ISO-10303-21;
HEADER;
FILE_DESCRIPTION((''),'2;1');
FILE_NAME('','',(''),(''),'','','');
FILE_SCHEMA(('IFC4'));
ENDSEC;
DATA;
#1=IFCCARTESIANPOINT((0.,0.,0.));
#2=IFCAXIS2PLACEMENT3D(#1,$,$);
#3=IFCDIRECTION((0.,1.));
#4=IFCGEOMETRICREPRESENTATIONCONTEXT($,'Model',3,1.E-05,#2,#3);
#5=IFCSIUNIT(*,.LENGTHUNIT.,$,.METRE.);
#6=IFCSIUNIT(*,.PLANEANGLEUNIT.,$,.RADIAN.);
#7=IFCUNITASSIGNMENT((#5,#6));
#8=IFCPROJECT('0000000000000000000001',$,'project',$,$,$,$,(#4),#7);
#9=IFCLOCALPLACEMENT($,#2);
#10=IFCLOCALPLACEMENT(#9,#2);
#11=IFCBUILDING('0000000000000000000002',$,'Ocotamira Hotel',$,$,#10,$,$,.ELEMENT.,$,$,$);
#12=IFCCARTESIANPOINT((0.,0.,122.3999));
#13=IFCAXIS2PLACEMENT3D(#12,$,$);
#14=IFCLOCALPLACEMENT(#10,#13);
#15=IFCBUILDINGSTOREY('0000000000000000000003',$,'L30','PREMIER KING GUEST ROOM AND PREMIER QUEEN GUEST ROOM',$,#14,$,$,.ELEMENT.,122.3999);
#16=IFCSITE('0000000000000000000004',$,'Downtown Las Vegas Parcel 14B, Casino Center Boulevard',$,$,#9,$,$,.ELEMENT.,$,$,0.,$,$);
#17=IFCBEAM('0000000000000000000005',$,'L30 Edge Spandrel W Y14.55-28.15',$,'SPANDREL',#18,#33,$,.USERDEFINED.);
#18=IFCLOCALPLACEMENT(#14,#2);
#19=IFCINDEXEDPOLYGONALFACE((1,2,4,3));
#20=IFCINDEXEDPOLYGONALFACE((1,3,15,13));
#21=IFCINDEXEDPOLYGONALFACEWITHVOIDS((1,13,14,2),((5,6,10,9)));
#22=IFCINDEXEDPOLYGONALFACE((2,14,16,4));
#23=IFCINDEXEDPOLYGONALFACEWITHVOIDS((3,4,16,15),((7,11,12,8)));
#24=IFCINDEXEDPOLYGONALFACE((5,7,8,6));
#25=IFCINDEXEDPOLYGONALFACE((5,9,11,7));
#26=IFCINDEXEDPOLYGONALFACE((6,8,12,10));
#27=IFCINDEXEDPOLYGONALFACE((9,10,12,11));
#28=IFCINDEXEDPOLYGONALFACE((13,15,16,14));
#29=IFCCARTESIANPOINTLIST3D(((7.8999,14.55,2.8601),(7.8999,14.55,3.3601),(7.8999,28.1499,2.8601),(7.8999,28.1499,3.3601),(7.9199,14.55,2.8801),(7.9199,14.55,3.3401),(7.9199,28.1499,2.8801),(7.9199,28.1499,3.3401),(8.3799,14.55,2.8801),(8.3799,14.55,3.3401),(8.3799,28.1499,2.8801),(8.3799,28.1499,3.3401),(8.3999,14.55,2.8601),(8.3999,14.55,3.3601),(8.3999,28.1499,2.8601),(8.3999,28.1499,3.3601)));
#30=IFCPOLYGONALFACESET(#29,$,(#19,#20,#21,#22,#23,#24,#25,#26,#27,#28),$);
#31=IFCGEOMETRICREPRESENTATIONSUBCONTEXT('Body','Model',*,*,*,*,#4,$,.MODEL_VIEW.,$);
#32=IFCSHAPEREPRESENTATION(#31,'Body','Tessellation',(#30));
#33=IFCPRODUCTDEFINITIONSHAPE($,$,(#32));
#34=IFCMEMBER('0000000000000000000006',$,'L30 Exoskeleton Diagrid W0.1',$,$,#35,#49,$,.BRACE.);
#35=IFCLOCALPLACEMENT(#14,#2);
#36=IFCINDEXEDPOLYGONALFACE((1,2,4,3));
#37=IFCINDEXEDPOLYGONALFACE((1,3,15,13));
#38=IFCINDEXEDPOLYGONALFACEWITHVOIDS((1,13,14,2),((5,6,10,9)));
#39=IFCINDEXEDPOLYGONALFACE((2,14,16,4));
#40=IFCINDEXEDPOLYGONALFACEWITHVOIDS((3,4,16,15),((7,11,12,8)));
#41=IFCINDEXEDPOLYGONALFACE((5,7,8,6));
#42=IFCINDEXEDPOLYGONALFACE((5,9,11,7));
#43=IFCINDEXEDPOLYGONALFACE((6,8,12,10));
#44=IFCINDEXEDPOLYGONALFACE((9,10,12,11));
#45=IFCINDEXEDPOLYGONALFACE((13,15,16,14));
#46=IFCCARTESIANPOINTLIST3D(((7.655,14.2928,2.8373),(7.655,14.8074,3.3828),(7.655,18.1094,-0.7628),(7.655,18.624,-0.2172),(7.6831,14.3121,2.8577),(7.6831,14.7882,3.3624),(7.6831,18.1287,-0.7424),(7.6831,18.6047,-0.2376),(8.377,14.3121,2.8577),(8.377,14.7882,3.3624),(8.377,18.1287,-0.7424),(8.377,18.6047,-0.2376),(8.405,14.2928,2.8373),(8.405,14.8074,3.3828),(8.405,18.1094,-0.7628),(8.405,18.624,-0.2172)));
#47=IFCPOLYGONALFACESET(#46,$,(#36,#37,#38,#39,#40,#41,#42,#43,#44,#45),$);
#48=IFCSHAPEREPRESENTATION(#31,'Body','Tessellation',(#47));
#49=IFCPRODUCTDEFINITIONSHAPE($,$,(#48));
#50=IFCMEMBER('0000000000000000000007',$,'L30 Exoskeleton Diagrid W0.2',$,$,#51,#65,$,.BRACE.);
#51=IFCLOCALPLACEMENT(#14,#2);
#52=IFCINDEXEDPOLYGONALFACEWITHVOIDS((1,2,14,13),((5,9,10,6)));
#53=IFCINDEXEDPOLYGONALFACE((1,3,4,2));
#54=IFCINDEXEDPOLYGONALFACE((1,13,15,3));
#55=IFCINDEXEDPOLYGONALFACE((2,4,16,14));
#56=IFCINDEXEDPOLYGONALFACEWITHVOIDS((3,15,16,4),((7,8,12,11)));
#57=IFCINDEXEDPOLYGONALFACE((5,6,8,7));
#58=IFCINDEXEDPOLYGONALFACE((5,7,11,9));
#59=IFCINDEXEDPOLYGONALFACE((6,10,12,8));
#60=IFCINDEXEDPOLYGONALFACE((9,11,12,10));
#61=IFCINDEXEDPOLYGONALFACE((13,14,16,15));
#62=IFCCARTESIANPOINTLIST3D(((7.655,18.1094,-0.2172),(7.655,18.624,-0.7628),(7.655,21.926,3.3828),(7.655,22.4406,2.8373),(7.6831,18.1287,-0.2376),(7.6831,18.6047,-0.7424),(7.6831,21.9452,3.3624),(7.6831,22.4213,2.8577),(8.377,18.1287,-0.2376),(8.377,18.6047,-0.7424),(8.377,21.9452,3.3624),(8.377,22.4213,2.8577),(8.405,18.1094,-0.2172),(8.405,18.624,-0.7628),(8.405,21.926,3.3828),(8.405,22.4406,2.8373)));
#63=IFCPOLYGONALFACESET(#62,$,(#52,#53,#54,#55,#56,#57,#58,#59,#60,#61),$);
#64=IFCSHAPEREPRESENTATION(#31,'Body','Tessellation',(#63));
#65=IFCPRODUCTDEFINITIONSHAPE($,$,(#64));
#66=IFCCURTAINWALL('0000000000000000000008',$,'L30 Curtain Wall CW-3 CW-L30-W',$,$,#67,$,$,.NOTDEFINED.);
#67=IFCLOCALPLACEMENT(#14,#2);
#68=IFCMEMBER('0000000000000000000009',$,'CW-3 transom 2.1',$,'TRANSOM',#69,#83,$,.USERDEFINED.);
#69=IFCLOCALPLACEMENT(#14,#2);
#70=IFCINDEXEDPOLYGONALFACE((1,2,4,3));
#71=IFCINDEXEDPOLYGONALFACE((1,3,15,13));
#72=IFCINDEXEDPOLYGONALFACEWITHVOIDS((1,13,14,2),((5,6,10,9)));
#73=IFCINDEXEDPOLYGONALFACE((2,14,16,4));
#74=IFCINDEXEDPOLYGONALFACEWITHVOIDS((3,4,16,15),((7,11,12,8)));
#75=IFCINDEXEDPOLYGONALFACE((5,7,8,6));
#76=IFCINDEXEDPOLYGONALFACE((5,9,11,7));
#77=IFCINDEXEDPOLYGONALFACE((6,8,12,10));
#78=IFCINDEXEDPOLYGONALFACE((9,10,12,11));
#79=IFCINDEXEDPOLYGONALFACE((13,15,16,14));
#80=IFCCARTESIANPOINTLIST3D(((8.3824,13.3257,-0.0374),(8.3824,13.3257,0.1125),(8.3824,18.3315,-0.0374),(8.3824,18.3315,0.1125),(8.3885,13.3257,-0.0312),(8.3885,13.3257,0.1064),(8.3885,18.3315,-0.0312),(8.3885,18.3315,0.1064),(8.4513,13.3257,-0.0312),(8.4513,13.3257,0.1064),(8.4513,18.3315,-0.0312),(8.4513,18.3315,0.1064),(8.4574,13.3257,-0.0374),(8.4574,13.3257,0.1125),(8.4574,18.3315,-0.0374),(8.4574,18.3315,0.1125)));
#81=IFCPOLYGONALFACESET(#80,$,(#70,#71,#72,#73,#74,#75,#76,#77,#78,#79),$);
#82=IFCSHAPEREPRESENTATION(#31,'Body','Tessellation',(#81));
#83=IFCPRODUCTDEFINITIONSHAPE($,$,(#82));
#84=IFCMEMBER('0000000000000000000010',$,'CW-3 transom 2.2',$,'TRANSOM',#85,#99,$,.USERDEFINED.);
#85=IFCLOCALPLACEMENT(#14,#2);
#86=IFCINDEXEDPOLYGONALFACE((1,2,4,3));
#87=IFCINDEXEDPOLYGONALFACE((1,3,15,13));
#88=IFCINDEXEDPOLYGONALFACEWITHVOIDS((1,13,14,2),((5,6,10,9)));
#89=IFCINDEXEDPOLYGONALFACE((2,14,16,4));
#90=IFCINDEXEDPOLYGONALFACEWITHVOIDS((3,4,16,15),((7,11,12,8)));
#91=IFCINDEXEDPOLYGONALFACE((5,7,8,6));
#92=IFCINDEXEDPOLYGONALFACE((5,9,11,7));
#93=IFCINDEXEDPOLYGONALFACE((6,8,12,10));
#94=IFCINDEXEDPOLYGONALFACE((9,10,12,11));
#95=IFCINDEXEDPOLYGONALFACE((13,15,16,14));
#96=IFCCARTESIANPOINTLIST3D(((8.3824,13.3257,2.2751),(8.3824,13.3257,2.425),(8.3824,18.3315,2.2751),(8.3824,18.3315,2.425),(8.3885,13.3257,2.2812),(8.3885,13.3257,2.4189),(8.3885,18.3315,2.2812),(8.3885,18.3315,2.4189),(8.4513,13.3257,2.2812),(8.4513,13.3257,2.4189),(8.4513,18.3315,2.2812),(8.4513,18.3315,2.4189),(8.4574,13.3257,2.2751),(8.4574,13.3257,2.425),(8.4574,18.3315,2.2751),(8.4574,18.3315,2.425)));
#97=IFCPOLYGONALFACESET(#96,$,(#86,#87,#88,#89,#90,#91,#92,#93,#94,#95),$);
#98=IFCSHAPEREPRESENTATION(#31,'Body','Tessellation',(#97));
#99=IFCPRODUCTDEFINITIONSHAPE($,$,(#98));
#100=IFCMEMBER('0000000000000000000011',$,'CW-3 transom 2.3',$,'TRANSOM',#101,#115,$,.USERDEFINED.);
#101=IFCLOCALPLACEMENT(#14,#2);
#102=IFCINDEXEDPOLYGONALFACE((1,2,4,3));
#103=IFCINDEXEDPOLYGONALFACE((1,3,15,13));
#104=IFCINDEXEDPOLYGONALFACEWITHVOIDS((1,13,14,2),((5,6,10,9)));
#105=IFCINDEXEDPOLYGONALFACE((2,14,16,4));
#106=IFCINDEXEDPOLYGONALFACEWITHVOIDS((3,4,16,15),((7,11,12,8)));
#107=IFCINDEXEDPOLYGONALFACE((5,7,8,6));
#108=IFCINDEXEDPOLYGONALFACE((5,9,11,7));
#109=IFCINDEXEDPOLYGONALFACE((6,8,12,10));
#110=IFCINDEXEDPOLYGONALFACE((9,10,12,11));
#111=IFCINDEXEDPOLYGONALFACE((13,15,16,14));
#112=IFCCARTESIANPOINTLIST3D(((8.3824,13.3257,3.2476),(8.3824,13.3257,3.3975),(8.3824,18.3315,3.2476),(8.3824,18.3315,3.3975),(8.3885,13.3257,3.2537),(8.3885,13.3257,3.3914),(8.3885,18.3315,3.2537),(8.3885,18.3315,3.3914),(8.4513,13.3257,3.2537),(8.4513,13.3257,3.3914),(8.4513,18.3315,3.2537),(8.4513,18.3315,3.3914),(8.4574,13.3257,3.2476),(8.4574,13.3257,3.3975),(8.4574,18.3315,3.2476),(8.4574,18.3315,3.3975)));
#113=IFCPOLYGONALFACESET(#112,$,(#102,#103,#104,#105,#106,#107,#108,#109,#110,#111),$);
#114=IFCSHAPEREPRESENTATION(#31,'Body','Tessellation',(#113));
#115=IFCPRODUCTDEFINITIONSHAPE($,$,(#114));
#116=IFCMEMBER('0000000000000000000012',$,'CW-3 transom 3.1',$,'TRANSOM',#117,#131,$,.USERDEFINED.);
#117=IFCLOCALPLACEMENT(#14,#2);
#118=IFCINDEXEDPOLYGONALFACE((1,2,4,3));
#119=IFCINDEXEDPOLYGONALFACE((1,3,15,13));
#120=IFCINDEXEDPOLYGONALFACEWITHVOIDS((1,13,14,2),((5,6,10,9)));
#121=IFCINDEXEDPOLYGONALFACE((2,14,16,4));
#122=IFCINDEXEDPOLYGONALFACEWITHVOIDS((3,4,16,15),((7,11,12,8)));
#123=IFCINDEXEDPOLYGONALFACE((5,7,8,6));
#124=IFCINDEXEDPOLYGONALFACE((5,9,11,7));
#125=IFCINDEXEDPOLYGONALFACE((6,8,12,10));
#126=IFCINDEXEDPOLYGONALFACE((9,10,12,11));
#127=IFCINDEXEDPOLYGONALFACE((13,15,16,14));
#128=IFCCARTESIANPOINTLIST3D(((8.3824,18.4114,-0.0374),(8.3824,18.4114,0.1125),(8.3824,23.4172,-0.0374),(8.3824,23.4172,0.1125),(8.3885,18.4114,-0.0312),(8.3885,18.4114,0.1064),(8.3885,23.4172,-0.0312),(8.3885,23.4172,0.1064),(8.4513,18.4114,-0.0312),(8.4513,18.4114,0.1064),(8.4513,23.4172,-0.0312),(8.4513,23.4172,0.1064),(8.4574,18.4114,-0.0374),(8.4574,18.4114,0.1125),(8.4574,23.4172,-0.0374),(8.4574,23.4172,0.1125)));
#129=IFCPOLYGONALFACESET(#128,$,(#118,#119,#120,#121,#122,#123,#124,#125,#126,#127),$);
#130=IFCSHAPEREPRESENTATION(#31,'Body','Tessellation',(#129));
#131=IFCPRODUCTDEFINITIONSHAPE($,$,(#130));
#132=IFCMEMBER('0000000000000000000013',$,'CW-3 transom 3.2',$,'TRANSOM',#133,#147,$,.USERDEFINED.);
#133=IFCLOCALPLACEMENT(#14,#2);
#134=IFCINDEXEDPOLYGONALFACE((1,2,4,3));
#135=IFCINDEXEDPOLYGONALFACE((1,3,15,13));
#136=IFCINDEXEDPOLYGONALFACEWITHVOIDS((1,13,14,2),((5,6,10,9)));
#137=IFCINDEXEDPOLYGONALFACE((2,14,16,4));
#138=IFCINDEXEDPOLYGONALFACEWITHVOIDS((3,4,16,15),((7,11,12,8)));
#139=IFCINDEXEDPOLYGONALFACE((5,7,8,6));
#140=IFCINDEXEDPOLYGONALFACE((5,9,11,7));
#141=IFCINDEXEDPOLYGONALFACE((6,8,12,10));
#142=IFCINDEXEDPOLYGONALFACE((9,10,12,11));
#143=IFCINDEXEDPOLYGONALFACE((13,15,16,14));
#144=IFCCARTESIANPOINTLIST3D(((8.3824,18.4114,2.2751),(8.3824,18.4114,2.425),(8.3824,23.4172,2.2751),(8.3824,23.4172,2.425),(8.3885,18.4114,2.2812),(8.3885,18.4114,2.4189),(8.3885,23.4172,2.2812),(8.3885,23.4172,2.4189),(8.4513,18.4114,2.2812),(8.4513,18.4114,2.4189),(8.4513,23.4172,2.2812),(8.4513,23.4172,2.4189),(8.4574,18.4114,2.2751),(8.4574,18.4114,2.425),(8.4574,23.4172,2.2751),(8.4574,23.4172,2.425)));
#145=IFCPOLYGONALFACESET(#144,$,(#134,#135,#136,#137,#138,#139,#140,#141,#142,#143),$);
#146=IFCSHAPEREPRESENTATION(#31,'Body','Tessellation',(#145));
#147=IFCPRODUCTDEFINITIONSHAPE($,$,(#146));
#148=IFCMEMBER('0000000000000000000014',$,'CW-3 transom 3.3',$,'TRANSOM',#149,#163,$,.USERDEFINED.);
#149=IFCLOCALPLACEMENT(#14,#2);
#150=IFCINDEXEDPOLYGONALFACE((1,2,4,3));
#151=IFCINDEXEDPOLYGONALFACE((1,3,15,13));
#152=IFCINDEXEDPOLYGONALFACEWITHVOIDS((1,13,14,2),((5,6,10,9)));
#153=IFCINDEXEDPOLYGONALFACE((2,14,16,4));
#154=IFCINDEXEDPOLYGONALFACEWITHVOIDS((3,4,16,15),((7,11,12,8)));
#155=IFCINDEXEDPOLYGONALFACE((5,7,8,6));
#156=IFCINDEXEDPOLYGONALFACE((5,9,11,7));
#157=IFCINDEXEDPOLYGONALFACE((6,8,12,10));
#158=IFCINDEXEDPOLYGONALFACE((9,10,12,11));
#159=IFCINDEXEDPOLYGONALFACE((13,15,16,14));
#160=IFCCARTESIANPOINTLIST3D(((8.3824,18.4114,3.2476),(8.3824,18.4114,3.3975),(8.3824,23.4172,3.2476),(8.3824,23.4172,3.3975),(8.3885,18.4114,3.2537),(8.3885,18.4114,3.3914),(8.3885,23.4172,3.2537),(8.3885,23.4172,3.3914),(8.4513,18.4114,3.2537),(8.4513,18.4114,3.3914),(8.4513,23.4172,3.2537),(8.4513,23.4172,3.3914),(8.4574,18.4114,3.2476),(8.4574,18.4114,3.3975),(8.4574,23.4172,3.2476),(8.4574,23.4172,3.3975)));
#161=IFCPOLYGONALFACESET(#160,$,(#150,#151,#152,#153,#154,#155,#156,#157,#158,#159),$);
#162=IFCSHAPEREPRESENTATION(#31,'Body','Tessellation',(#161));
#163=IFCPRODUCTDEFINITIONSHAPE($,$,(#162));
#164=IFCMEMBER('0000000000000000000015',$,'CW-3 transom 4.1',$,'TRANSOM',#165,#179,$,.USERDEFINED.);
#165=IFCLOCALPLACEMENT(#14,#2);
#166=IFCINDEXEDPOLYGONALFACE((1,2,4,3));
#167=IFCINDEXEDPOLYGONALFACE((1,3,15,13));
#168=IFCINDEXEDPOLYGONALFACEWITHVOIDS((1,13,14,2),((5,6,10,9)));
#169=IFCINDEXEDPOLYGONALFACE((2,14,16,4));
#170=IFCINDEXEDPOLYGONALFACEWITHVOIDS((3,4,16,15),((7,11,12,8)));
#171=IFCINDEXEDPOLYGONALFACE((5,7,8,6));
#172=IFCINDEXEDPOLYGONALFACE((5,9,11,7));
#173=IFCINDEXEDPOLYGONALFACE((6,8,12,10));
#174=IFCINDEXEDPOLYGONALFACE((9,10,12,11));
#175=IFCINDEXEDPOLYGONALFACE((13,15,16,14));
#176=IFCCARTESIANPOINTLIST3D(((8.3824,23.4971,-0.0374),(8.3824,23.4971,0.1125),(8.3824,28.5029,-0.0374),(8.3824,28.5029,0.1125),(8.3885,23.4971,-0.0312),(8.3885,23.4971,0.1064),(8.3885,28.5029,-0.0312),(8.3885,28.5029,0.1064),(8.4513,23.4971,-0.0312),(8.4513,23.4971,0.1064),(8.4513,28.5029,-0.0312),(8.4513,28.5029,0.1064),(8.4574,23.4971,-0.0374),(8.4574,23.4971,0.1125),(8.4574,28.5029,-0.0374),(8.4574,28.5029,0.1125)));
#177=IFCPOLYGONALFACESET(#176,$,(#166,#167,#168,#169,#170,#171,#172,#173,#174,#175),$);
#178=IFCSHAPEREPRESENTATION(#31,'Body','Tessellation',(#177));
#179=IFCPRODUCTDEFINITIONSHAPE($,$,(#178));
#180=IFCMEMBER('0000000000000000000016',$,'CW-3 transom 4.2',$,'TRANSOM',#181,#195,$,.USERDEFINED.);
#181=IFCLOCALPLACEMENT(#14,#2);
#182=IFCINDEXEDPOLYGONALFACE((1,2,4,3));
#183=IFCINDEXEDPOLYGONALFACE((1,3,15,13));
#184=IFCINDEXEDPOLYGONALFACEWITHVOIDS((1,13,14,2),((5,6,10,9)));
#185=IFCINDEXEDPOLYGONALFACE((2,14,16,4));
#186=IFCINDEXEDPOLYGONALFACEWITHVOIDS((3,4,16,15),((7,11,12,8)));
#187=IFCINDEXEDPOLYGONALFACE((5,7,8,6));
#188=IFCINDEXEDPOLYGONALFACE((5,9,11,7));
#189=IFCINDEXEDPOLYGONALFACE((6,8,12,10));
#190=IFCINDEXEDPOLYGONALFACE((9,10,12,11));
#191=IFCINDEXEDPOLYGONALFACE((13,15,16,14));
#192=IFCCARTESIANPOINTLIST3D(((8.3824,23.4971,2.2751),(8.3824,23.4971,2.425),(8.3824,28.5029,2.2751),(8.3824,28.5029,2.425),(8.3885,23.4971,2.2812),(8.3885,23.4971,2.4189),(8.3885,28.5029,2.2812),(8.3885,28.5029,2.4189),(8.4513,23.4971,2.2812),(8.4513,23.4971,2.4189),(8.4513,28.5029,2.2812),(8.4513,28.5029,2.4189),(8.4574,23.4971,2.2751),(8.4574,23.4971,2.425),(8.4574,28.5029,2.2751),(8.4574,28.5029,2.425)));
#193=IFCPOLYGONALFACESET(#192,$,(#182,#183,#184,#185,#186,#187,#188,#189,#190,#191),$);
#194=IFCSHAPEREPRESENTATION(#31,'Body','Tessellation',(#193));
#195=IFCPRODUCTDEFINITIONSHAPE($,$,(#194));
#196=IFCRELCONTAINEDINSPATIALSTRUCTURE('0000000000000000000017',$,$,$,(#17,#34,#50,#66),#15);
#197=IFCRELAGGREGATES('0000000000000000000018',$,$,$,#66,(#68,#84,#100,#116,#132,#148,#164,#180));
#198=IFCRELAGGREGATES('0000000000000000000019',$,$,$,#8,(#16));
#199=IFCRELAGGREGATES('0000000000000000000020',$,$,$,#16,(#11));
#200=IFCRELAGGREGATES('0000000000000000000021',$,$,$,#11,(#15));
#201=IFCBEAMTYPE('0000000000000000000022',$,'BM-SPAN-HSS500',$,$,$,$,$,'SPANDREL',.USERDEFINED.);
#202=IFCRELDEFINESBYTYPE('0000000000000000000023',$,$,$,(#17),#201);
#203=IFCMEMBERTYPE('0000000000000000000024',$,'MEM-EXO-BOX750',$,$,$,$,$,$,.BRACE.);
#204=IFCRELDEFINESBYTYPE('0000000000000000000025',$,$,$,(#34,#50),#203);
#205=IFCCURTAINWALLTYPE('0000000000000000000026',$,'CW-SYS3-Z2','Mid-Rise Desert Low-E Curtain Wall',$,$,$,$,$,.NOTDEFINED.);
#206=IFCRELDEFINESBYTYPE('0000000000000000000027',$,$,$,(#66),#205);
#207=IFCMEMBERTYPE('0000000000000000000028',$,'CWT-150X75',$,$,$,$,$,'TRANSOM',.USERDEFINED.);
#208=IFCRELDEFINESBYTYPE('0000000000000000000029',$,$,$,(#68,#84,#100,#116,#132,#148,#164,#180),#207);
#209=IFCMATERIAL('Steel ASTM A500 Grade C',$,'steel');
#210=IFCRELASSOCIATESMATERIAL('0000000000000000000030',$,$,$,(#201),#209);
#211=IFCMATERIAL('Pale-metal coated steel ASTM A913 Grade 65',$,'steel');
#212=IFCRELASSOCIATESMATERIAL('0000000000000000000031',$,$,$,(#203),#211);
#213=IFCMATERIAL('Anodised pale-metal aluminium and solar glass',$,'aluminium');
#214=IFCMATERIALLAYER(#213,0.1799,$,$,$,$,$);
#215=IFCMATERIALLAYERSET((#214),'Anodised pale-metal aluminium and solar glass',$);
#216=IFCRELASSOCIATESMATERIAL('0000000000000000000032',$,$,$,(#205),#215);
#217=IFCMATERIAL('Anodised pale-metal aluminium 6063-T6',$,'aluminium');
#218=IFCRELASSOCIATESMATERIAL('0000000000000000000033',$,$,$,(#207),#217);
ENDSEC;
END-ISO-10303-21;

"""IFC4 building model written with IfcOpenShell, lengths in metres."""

from ifc_helpers import new_model, si_unit, direction, frame, origin, origin_2d, place, context, subcontext, project, spatial, hollow_rectangle, extrude, source, transform, mapped, material, layer, layer_set, material_profile, profile_set, type_object, element, aggregate, save


model = new_model("IFC4")

# Units and contexts
model_context = context("Model", 3, precision=1e-05, world=origin(), true_north=direction((0.0, 1.0)))
body_context = subcontext(model_context, "Body", "Model", "MODEL_VIEW")
ifc_project = project(units=[si_unit("LENGTHUNIT", "METRE"), si_unit("PLANEANGLEUNIT", "RADIAN")], contexts=[model_context])

# Site, building, storey
site_placement = place(None, origin())
site = spatial("IfcSite", under=ifc_project, at=site_placement, Name="Downtown Las Vegas Parcel 14B, Casino Center Boulevard", CompositionType="ELEMENT", RefElevation=0.0)
building_placement = place(site_placement, origin())
building = spatial("IfcBuilding", under=site, at=building_placement, Name="Ocotamira Hotel", CompositionType="ELEMENT")
storey_placement = place(building_placement, frame((0.0, 0.0, 122.3999)))
storey = spatial("IfcBuildingStorey", under=building, at=storey_placement, Name="L30", Description="PREMIER KING GUEST ROOM AND PREMIER QUEEN GUEST ROOM", CompositionType="ELEMENT", Elevation=122.3999)

# Beam
ifc_material_1 = material(Name="Steel ASTM A500 Grade C", Category="steel")
ifc_material_profile_1 = material_profile(ifc_material_1, hollow_rectangle(XDim=0.5, YDim=0.5, WallThickness=0.02, at=origin_2d()), Name="HSS500X500X20")
ifc_profile_set_1 = profile_set([ifc_material_profile_1], Name="Steel ASTM A500 Grade C")
beam_type_1 = type_object("IfcBeamType", Name="BM-SPAN-HSS500", ElementType="SPANDREL", PredefinedType="USERDEFINED", material=ifc_profile_set_1)
shared_shape_1 = source(origin(), body_context, "Body", "SweptSolid", [
    extrude(hollow_rectangle(XDim=0.5, YDim=0.5, WallThickness=0.02, at=origin_2d()), origin(), (0.0, 0.0, 1.0), 13.5999),
])
beam_1_placement = place(storey_placement, frame((8.1499, 14.55, 3.1101), z_axis=(0.0, 1.0, 0.0), x_axis=(-1.0, 0.0, 0.0)))
element("IfcBeam", 1, at=beam_1_placement, inside=storey, type_object=beam_type_1, Name="L30 Edge Spandrel W Y14.55-28.15", ObjectType="SPANDREL", PredefinedType="USERDEFINED", context=body_context, shape_type="MappedRepresentation", body=[
    mapped(shared_shape_1, transform((0.0, 0.0, 0.0), scale=1.0)),
])

# Members
ifc_material_2 = material(Name="Pale-metal coated steel ASTM A913 Grade 65", Category="steel")
ifc_material_profile_2 = material_profile(ifc_material_2, hollow_rectangle(XDim=0.75, YDim=0.75, WallThickness=0.0281, at=origin_2d()), Name="BOX750X750X28")
ifc_profile_set_2 = profile_set([ifc_material_profile_2], Name="Pale-metal coated steel ASTM A913 Grade 65")
member_type_1 = type_object("IfcMemberType", Name="MEM-EXO-BOX750", PredefinedType="BRACE", material=ifc_profile_set_2)
shared_shape_2 = source(origin(), body_context, "Body", "SweptSolid", [
    extrude(hollow_rectangle(XDim=0.75, YDim=0.75, WallThickness=0.0281, at=origin_2d()), origin(), (0.0, 0.0, 1.0), 5.2466),
])
for number, where, z_axis, x_axis, name in (
    (2, (8.03, 18.3667, -0.49), (0.0, -0.727443, 0.686168), (1.0, 0.0, 0.0), "L30 Exoskeleton Diagrid W0.1"),
    (3, (8.03, 18.3667, -0.49), (0.0, 0.727443, 0.686168), (-1.0, 0.0, 0.0), "L30 Exoskeleton Diagrid W0.2"),
):
    element("IfcMember", number, at=place(storey_placement, frame(where, z_axis=z_axis, x_axis=x_axis)), inside=storey, type_object=member_type_1, Name=name, PredefinedType="BRACE", context=body_context, shape_type="MappedRepresentation", body=[
        mapped(shared_shape_2, transform((0.0, 0.0, 0.0), scale=1.0)),
    ])

# Curtain wall, members
ifc_material_3 = material(Name="Anodised pale-metal aluminium and solar glass", Category="aluminium")
ifc_layer_1 = layer(ifc_material_3, 0.1799)
ifc_layer_set_1 = layer_set([ifc_layer_1], Name="Anodised pale-metal aluminium and solar glass")
curtain_wall_type = type_object("IfcCurtainWallType", Name="CW-SYS3-Z2", Description="Mid-Rise Desert Low-E Curtain Wall", PredefinedType="NOTDEFINED", material=ifc_layer_set_1)
curtain_wall_placement = place(storey_placement, origin())
curtain_wall = element("IfcCurtainWall", 4, at=curtain_wall_placement, inside=storey, type_object=curtain_wall_type, Name="L30 Curtain Wall CW-3 CW-L30-W", PredefinedType="NOTDEFINED")
ifc_material_4 = material(Name="Anodised pale-metal aluminium 6063-T6", Category="aluminium")
ifc_material_profile_3 = material_profile(ifc_material_4, hollow_rectangle(XDim=0.075, YDim=0.1499, WallThickness=0.0061, at=origin_2d()), Name="HSS150X75X6")
ifc_profile_set_3 = profile_set([ifc_material_profile_3], Name="Anodised pale-metal aluminium 6063-T6")
member_type_2 = type_object("IfcMemberType", Name="CWT-150X75", ElementType="TRANSOM", PredefinedType="USERDEFINED", material=ifc_profile_set_3)
shared_shape_3 = source(origin(), body_context, "Body", "SweptSolid", [
    extrude(hollow_rectangle(XDim=0.075, YDim=0.1499, WallThickness=0.0061, at=origin_2d()), origin(), (0.0, 0.0, 1.0), 5.0059),
])
member_1_placement = place(storey_placement, frame((8.4199, 13.3257, 0.0376), z_axis=(0.0, 1.0, 0.0), x_axis=(-1.0, 0.0, 0.0)))
member_1 = element("IfcMember", 5, at=member_1_placement, type_object=member_type_2, Name="CW-3 transom 2.1", ObjectType="TRANSOM", PredefinedType="USERDEFINED", context=body_context, shape_type="MappedRepresentation", body=[
    mapped(shared_shape_3, transform((0.0, 0.0, 0.0), scale=1.0)),
])
member_2_placement = place(storey_placement, frame((8.4199, 13.3257, 2.3501), z_axis=(0.0, 1.0, 0.0), x_axis=(-1.0, 0.0, 0.0)))
member_2 = element("IfcMember", 6, at=member_2_placement, type_object=member_type_2, Name="CW-3 transom 2.2", ObjectType="TRANSOM", PredefinedType="USERDEFINED", context=body_context, shape_type="MappedRepresentation", body=[
    mapped(shared_shape_3, transform((0.0, 0.0, 0.0), scale=1.0)),
])
member_3_placement = place(storey_placement, frame((8.4199, 13.3257, 3.3225), z_axis=(0.0, 1.0, 0.0), x_axis=(-1.0, 0.0, 0.0)))
member_3 = element("IfcMember", 7, at=member_3_placement, type_object=member_type_2, Name="CW-3 transom 2.3", ObjectType="TRANSOM", PredefinedType="USERDEFINED", context=body_context, shape_type="MappedRepresentation", body=[
    mapped(shared_shape_3, transform((0.0, 0.0, 0.0), scale=1.0)),
])
member_4_placement = place(storey_placement, frame((8.4199, 18.4114, 0.0376), z_axis=(0.0, 1.0, 0.0), x_axis=(-1.0, 0.0, 0.0)))
member_4 = element("IfcMember", 8, at=member_4_placement, type_object=member_type_2, Name="CW-3 transom 3.1", ObjectType="TRANSOM", PredefinedType="USERDEFINED", context=body_context, shape_type="MappedRepresentation", body=[
    mapped(shared_shape_3, transform((0.0, 0.0, 0.0), scale=1.0)),
])
member_5_placement = place(storey_placement, frame((8.4199, 18.4114, 2.3501), z_axis=(0.0, 1.0, 0.0), x_axis=(-1.0, 0.0, 0.0)))
member_5 = element("IfcMember", 9, at=member_5_placement, type_object=member_type_2, Name="CW-3 transom 3.2", ObjectType="TRANSOM", PredefinedType="USERDEFINED", context=body_context, shape_type="MappedRepresentation", body=[
    mapped(shared_shape_3, transform((0.0, 0.0, 0.0), scale=1.0)),
])
member_6_placement = place(storey_placement, frame((8.4199, 18.4114, 3.3225), z_axis=(0.0, 1.0, 0.0), x_axis=(-1.0, 0.0, 0.0)))
member_6 = element("IfcMember", 10, at=member_6_placement, type_object=member_type_2, Name="CW-3 transom 3.3", ObjectType="TRANSOM", PredefinedType="USERDEFINED", context=body_context, shape_type="MappedRepresentation", body=[
    mapped(shared_shape_3, transform((0.0, 0.0, 0.0), scale=1.0)),
])
member_7_placement = place(storey_placement, frame((8.4199, 23.4971, 0.0376), z_axis=(0.0, 1.0, 0.0), x_axis=(-1.0, 0.0, 0.0)))
member_7 = element("IfcMember", 11, at=member_7_placement, type_object=member_type_2, Name="CW-3 transom 4.1", ObjectType="TRANSOM", PredefinedType="USERDEFINED", context=body_context, shape_type="MappedRepresentation", body=[
    mapped(shared_shape_3, transform((0.0, 0.0, 0.0), scale=1.0)),
])
member_8_placement = place(storey_placement, frame((8.4199, 23.4971, 2.3501), z_axis=(0.0, 1.0, 0.0), x_axis=(-1.0, 0.0, 0.0)))
member_8 = element("IfcMember", 12, at=member_8_placement, type_object=member_type_2, Name="CW-3 transom 4.2", ObjectType="TRANSOM", PredefinedType="USERDEFINED", context=body_context, shape_type="MappedRepresentation", body=[
    mapped(shared_shape_3, transform((0.0, 0.0, 0.0), scale=1.0)),
])

aggregate(curtain_wall, [member_1, member_2, member_3, member_4, member_5, member_6, member_7, member_8])

save(model, "model.ifc")
